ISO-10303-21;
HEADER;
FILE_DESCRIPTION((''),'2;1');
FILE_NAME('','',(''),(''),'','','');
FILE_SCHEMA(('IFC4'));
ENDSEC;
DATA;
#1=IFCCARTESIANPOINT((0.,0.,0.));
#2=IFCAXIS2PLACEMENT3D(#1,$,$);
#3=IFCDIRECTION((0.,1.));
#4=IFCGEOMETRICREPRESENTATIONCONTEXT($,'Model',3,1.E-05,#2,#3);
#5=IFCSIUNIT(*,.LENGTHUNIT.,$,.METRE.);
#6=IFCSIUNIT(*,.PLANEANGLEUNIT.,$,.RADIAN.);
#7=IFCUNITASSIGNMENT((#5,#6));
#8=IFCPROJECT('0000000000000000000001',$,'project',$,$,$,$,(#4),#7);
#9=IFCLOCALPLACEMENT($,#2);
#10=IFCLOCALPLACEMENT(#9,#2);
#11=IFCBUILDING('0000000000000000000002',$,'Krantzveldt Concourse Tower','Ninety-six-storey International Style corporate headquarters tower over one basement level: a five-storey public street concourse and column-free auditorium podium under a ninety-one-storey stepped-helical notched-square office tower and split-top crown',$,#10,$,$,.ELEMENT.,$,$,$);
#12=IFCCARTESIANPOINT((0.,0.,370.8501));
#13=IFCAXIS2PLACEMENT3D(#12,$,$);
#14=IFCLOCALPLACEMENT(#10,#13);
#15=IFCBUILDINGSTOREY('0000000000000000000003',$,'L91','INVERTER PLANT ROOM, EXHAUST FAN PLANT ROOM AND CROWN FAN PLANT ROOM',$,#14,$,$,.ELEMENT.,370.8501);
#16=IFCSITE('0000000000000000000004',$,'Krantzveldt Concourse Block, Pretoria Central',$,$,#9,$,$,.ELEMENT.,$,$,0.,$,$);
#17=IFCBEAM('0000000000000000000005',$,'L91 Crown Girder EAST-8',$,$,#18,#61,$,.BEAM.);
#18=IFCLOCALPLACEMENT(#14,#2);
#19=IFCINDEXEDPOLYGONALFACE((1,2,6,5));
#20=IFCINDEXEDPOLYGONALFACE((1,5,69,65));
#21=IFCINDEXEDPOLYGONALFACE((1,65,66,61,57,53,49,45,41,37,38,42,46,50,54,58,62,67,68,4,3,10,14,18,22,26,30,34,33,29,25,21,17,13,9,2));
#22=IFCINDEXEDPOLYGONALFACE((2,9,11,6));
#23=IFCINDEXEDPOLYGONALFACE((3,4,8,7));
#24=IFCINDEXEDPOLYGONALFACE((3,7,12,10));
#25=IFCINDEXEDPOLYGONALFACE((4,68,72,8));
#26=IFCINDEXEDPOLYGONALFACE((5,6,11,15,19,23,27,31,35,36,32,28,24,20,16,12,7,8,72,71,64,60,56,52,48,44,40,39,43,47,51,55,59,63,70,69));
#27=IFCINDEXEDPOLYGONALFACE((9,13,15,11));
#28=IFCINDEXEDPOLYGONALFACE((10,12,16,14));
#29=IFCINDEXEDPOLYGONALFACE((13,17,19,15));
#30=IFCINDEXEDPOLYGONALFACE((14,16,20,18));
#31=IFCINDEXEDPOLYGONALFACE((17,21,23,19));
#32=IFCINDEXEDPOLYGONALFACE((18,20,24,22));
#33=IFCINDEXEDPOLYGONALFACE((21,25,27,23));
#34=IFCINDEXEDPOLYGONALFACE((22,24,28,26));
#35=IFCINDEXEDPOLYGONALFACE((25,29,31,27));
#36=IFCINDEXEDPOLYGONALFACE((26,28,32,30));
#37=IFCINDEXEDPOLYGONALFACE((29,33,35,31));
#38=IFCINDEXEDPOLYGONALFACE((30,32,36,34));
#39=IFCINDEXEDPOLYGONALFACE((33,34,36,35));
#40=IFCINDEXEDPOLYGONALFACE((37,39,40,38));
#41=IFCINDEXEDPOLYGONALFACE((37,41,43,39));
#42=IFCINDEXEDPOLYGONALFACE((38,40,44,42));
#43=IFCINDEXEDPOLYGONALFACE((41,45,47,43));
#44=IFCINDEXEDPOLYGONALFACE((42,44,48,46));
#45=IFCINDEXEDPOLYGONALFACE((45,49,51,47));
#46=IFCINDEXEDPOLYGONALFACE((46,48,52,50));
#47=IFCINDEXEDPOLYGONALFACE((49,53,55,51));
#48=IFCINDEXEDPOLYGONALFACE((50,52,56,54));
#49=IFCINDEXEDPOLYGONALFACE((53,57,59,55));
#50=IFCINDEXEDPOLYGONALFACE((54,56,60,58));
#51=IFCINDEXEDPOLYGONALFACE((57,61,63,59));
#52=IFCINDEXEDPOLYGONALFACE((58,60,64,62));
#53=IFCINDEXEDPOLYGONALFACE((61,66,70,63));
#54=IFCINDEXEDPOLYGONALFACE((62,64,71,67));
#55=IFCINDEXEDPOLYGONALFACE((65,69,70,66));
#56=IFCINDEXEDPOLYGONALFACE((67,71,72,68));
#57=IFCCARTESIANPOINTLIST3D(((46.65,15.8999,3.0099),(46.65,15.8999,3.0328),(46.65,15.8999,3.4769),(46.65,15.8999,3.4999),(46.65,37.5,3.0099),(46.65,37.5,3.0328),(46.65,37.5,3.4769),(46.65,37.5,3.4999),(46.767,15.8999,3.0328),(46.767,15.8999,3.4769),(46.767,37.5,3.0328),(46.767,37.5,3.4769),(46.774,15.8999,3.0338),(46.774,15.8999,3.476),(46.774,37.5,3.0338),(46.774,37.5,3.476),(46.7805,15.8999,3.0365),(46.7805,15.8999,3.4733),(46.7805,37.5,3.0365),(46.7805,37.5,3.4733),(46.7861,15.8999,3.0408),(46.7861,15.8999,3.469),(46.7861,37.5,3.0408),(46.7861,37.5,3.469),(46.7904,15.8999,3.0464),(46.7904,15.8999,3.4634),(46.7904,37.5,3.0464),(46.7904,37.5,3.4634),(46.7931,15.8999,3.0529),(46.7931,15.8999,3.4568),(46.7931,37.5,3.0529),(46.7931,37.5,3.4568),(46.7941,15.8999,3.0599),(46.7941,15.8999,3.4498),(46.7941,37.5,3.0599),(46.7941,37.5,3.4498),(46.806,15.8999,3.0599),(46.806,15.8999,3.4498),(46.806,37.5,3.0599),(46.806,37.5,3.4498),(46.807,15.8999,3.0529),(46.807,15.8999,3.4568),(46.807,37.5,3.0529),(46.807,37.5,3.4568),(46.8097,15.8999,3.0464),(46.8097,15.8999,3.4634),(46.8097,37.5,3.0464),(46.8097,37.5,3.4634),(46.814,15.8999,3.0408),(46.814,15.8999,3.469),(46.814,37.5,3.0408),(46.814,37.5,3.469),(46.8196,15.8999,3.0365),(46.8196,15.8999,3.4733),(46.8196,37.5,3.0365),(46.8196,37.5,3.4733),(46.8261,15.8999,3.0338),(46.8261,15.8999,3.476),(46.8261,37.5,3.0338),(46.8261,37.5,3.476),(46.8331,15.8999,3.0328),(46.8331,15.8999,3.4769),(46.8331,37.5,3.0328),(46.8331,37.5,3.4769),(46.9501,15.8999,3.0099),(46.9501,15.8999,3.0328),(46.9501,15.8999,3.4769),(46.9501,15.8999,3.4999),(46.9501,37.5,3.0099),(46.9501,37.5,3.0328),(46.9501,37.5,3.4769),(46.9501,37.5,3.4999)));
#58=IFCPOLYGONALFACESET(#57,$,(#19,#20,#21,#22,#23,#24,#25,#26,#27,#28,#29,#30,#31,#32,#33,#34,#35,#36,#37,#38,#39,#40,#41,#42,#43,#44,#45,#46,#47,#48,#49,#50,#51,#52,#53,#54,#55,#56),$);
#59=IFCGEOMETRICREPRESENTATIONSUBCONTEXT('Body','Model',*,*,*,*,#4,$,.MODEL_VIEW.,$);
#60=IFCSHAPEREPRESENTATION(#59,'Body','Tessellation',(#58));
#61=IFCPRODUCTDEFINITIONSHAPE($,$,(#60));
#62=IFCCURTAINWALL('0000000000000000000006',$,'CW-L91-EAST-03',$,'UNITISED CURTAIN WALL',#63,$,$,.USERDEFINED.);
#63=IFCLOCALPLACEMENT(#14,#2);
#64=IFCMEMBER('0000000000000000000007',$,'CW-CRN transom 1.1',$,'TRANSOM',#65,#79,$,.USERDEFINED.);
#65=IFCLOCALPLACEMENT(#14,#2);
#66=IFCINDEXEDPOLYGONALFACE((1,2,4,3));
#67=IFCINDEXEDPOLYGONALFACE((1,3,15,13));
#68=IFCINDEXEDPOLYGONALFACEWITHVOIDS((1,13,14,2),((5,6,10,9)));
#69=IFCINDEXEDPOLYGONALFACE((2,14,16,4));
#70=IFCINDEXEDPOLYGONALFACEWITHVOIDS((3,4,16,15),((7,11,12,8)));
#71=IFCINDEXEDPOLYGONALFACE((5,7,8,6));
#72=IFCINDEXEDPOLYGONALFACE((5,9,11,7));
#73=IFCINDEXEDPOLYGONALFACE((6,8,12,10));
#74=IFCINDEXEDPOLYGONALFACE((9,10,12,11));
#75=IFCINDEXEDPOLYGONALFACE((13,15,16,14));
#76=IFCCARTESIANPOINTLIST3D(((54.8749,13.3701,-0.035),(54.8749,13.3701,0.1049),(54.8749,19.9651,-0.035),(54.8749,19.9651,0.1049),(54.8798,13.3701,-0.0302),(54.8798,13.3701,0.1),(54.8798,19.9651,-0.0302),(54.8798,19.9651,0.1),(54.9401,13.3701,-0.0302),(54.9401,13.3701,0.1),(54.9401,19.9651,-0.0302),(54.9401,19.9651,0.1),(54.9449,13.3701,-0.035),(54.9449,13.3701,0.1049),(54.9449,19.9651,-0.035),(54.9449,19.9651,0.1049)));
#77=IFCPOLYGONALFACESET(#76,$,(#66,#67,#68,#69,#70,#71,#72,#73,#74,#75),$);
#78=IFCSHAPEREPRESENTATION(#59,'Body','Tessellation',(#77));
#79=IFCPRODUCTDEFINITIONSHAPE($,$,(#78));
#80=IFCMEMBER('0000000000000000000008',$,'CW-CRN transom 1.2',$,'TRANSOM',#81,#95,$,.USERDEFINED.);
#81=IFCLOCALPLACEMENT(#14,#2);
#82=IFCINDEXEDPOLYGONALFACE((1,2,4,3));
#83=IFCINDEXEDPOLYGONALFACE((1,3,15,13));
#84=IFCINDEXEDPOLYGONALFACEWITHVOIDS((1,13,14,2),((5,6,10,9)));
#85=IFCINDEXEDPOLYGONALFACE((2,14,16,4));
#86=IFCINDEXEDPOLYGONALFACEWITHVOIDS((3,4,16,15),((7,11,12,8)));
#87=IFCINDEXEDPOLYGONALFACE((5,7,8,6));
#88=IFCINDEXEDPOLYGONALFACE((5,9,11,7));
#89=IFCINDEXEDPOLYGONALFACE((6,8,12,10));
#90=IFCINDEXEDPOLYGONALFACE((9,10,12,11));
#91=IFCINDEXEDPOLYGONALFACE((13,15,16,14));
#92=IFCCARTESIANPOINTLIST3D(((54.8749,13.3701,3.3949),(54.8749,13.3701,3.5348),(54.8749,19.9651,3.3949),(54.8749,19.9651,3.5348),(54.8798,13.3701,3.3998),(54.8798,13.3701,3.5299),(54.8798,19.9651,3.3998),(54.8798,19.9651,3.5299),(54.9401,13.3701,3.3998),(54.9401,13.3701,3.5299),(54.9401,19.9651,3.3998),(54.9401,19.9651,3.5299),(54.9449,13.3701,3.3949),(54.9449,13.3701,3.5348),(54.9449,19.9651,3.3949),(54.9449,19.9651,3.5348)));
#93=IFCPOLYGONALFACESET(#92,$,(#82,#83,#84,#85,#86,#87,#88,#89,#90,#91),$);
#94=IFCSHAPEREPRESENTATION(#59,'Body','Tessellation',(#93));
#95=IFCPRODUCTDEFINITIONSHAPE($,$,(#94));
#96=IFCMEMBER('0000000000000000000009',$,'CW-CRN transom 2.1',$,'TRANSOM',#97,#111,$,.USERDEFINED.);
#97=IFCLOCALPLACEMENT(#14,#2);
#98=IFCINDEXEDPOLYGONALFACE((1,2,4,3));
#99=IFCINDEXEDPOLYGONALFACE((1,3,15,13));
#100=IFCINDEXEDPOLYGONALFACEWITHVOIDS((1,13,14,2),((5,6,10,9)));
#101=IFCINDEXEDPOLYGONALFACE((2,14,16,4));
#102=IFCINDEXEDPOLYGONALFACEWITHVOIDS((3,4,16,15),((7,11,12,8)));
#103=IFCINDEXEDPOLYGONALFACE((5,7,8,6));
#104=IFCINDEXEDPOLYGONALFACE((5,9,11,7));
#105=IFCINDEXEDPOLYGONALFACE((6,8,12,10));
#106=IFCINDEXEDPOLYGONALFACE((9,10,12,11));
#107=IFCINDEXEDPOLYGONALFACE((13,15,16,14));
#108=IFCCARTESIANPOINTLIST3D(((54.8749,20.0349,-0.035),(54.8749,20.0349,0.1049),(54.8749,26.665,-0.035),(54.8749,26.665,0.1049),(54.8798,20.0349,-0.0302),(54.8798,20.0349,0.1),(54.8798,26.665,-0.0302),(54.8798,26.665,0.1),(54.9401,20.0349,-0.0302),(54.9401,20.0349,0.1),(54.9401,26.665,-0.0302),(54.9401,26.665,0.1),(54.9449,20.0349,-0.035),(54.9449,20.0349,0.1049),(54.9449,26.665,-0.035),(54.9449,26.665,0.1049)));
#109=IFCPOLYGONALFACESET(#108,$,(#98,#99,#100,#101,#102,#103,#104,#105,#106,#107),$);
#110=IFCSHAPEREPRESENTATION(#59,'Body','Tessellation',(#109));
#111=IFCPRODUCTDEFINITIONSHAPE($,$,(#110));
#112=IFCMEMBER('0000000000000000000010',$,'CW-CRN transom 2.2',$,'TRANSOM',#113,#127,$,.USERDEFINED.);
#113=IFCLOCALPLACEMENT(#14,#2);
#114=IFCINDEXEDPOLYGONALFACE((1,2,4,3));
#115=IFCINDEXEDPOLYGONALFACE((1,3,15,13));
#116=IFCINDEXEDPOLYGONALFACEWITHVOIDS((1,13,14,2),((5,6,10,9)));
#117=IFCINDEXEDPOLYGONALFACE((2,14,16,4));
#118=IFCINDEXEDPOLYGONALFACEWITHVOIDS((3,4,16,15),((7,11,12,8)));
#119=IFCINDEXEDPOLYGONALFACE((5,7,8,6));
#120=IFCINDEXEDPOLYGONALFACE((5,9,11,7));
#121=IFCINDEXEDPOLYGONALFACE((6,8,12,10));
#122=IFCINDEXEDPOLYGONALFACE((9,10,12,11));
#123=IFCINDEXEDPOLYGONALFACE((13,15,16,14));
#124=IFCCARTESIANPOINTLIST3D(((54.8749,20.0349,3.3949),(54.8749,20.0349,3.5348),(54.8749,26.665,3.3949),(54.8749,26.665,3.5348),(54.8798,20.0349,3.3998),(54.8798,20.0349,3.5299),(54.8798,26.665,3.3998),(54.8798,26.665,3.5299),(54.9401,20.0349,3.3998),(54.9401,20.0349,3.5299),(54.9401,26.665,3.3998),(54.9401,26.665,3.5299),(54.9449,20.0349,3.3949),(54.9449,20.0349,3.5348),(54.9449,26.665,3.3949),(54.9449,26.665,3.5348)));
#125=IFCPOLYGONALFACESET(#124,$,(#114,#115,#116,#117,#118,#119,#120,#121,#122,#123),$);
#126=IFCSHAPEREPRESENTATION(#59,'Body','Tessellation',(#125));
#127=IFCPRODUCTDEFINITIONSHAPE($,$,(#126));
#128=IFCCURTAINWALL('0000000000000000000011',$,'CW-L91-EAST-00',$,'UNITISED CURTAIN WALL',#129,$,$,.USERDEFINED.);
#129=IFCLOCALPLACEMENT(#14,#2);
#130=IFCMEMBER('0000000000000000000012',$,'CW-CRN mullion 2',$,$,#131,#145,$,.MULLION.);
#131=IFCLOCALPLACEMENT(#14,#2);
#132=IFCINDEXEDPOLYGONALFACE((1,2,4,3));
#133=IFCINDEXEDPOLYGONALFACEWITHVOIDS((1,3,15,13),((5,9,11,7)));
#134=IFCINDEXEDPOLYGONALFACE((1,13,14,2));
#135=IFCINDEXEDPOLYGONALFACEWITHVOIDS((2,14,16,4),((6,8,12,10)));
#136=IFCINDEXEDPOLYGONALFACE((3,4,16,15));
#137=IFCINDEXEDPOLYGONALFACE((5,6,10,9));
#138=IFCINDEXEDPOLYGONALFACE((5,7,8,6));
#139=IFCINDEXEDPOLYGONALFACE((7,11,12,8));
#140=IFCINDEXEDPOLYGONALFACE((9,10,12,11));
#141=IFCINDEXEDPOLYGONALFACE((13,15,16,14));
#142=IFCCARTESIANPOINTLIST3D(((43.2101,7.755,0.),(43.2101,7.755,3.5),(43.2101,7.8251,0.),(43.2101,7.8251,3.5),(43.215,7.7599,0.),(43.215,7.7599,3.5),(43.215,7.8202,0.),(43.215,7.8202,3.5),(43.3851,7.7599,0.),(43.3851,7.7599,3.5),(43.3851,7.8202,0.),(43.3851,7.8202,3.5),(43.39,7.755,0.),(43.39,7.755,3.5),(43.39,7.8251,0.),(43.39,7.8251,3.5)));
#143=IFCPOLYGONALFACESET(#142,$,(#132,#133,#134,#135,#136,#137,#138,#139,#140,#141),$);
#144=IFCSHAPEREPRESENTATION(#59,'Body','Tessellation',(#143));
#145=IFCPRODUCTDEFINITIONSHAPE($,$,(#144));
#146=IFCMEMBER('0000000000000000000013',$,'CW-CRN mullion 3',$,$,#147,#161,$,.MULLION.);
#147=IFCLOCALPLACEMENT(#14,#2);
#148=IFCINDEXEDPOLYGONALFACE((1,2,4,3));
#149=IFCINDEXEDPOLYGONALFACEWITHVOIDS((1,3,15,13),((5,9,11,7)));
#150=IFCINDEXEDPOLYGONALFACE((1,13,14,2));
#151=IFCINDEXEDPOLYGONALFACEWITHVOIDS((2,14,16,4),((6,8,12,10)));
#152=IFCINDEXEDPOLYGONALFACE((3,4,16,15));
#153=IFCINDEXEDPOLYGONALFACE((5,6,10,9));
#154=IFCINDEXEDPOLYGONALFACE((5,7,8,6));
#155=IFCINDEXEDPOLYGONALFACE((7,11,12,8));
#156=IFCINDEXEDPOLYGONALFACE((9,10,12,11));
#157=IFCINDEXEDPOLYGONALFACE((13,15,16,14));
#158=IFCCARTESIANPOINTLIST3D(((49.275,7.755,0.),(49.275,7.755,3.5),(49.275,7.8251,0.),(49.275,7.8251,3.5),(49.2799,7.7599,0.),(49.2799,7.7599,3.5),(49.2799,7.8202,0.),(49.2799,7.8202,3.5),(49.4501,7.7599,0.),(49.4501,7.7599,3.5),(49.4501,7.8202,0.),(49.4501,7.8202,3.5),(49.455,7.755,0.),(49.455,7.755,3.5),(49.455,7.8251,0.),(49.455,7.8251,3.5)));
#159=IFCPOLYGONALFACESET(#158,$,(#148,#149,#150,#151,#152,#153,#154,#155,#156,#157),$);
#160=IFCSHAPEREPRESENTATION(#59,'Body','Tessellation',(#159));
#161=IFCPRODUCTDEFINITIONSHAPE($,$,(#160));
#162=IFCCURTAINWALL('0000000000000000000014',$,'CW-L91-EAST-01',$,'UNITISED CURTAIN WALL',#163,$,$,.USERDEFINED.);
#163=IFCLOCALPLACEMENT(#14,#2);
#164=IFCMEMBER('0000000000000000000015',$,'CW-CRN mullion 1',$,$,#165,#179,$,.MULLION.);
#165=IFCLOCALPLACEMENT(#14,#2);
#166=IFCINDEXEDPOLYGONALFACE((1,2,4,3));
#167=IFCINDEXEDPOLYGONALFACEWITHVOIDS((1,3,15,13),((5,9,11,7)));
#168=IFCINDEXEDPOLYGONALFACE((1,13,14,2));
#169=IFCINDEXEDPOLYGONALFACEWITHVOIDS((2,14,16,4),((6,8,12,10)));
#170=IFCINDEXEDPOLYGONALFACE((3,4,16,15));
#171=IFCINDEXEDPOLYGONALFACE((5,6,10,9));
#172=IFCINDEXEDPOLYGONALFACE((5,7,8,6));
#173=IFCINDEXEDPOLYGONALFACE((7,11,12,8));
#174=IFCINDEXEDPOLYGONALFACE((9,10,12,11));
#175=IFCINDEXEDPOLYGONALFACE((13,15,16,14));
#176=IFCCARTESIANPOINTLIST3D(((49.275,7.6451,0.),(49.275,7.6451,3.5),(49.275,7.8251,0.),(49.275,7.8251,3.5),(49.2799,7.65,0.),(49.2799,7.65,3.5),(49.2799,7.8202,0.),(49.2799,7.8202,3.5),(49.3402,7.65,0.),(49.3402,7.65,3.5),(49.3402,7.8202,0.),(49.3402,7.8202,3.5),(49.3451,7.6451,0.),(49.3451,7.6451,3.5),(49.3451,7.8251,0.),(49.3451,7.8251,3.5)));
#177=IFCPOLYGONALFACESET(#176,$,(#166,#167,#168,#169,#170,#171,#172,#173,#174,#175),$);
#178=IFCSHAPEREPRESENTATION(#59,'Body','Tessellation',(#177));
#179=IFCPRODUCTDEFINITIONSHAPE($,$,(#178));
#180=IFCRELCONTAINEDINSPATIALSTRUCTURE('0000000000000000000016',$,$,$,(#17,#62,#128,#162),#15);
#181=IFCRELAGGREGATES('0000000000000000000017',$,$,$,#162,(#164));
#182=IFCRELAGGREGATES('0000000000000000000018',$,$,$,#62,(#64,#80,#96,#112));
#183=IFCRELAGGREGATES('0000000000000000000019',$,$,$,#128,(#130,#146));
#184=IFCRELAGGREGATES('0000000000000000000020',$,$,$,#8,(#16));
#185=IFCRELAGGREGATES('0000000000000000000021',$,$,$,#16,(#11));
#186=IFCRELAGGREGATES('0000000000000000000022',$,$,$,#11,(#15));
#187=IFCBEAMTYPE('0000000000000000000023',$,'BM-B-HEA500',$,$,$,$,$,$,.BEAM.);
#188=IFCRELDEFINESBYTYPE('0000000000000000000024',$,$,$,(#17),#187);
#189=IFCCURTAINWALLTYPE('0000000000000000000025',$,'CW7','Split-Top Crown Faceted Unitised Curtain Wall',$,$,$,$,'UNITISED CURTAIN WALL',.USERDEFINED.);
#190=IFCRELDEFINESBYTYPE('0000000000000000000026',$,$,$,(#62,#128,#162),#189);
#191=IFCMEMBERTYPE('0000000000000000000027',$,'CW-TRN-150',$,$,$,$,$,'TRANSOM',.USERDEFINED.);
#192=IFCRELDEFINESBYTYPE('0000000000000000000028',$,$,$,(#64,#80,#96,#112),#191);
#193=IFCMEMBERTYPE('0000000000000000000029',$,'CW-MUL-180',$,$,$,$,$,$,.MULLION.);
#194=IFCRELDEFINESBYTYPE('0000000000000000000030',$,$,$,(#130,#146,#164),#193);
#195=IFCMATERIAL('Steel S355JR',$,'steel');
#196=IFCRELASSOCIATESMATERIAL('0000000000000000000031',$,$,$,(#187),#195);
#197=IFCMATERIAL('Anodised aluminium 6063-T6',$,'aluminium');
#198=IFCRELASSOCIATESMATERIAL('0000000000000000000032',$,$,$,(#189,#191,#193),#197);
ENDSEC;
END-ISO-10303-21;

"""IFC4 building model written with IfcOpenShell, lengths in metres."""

from ifc_helpers import new_model, si_unit, direction, frame, origin, origin_2d, place, context, subcontext, project, spatial, hollow_rectangle, i_section, extrude, source, transform, mapped, material, material_profile, profile_set, type_object, type_shapes, element, aggregate, save


model = new_model("IFC4")

# Units and contexts
model_context = context("Model", 3, precision=1e-05, world=origin(), true_north=direction((0.0, 1.0)))
body_context = subcontext(model_context, "Body", "Model", "MODEL_VIEW")
ifc_project = project(units=[si_unit("LENGTHUNIT", "METRE"), si_unit("PLANEANGLEUNIT", "RADIAN")], contexts=[model_context])

# Site, building, storey
site_placement = place(None, origin())
site = spatial("IfcSite", under=ifc_project, at=site_placement, Name="Krantzveldt Concourse Block, Pretoria Central", CompositionType="ELEMENT", RefElevation=0.0)
building_placement = place(site_placement, origin())
building = spatial("IfcBuilding", under=site, at=building_placement, Name="Krantzveldt Concourse Tower", Description="Ninety-six-storey International Style corporate headquarters tower over one basement level: a five-storey public street concourse and column-free auditorium podium under a ninety-one-storey stepped-helical notched-square office tower and split-top crown", CompositionType="ELEMENT")
storey_placement = place(building_placement, frame((0.0, 0.0, 370.8501)))
storey = spatial("IfcBuildingStorey", under=building, at=storey_placement, Name="L91", Description="INVERTER PLANT ROOM, EXHAUST FAN PLANT ROOM AND CROWN FAN PLANT ROOM", CompositionType="ELEMENT", Elevation=370.8501)

# Beam
ifc_material_1 = material(Name="Steel S355JR", Category="steel")
ifc_material_profile_1 = material_profile(ifc_material_1, i_section(OverallWidth=0.3, OverallDepth=0.49, WebThickness=0.012, FlangeThickness=0.0229, FilletRadius=0.0271, at=origin_2d()), Name="Steel S355JR", Category="steel")
ifc_profile_set_1 = profile_set([ifc_material_profile_1], Name="Steel S355JR - HEA 500")
beam_type = type_object("IfcBeamType", Name="BM-B-HEA500", PredefinedType="BEAM", material=ifc_profile_set_1)
shared_shape_1 = source(origin(), body_context, "Body", "SweptSolid", [
    extrude(i_section(OverallWidth=0.3, OverallDepth=0.49, WebThickness=0.012, FlangeThickness=0.0229, FilletRadius=0.0271, at=origin_2d()), origin(), (0.0, 0.0, 1.0), 21.6001),
])
beam_1_placement = place(storey_placement, frame((46.8, 15.8999, 3.2549), z_axis=(0.0, 1.0, 0.0), x_axis=(-1.0, 0.0, 0.0)))
element("IfcBeam", 1, at=beam_1_placement, inside=storey, type_object=beam_type, Name="L91 Crown Girder EAST-8", PredefinedType="BEAM", context=body_context, shape_type="MappedRepresentation", body=[
    mapped(shared_shape_1, transform((0.0, 0.0, 0.0), x_axis=(1.0, 0.0, 0.0), y_axis=(0.0, 1.0, 0.0), z_axis=(0.0, 0.0, 1.0), scale=1.0)),
])

# Curtain walls, members
ifc_material_2 = material(Name="Anodised aluminium 6063-T6", Category="aluminium")
curtain_wall_type = type_object("IfcCurtainWallType", Name="CW7", Description="Split-Top Crown Faceted Unitised Curtain Wall", ElementType="UNITISED CURTAIN WALL", PredefinedType="USERDEFINED", material=ifc_material_2)
curtain_wall_1_placement = place(storey_placement, origin())
curtain_wall_1 = element("IfcCurtainWall", 2, at=curtain_wall_1_placement, inside=storey, type_object=curtain_wall_type, Name="CW-L91-EAST-03", ObjectType="UNITISED CURTAIN WALL", PredefinedType="USERDEFINED")
ifc_material_profile_2 = material_profile(ifc_material_2, hollow_rectangle(XDim=0.0701, YDim=0.1399, WallThickness=0.0049, at=origin_2d()), Name="Anodised aluminium 6063-T6", Category="aluminium")
ifc_profile_set_2 = profile_set([ifc_material_profile_2], Name="Anodised aluminium 6063-T6 - ALU-TRAN 140x70x5")
member_type_1 = type_object("IfcMemberType", Name="CW-TRN-150", ElementType="TRANSOM", PredefinedType="USERDEFINED", material=ifc_profile_set_2)
shared_shape_2 = source(origin(), body_context, "Body", "SweptSolid", [
    extrude(hollow_rectangle(XDim=0.0701, YDim=0.1399, WallThickness=0.0049, at=origin_2d()), origin(), (0.0, 0.0, 1.0), 6.595),
])
member_1_placement = place(storey_placement, frame((54.9099, 13.3701, 0.0349), z_axis=(0.0, 1.0, 0.0), x_axis=(-1.0, 0.0, 0.0)))
member_1 = element("IfcMember", 3, at=member_1_placement, type_object=member_type_1, Name="CW-CRN transom 1.1", ObjectType="TRANSOM", PredefinedType="USERDEFINED", context=body_context, shape_type="MappedRepresentation", body=[
    mapped(shared_shape_2, transform((0.0, 0.0, 0.0), x_axis=(1.0, 0.0, 0.0), y_axis=(0.0, 1.0, 0.0), z_axis=(0.0, 0.0, 1.0), scale=1.0)),
])
member_2_placement = place(storey_placement, frame((54.9099, 13.3701, 3.4648), z_axis=(0.0, 1.0, 0.0), x_axis=(-1.0, 0.0, 0.0)))
member_2 = element("IfcMember", 4, at=member_2_placement, type_object=member_type_1, Name="CW-CRN transom 1.2", ObjectType="TRANSOM", PredefinedType="USERDEFINED", context=body_context, shape_type="MappedRepresentation", body=[
    mapped(shared_shape_2, transform((0.0, 0.0, 0.0), x_axis=(1.0, 0.0, 0.0), y_axis=(0.0, 1.0, 0.0), z_axis=(0.0, 0.0, 1.0), scale=1.0)),
])
shared_shape_3 = source(origin(), body_context, "Body", "SweptSolid", [
    extrude(hollow_rectangle(XDim=0.0701, YDim=0.1399, WallThickness=0.0049, at=origin_2d()), origin(), (0.0, 0.0, 1.0), 6.6301),
])
member_3_placement = place(storey_placement, frame((54.9099, 20.0349, 0.0349), z_axis=(0.0, 1.0, 0.0), x_axis=(-1.0, 0.0, 0.0)))
member_3 = element("IfcMember", 5, at=member_3_placement, type_object=member_type_1, Name="CW-CRN transom 2.1", ObjectType="TRANSOM", PredefinedType="USERDEFINED", context=body_context, shape_type="MappedRepresentation", body=[
    mapped(shared_shape_3, transform((0.0, 0.0, 0.0), x_axis=(1.0, 0.0, 0.0), y_axis=(0.0, 1.0, 0.0), z_axis=(0.0, 0.0, 1.0), scale=1.0)),
])
member_4_placement = place(storey_placement, frame((54.9099, 20.0349, 3.4648), z_axis=(0.0, 1.0, 0.0), x_axis=(-1.0, 0.0, 0.0)))
member_4 = element("IfcMember", 6, at=member_4_placement, type_object=member_type_1, Name="CW-CRN transom 2.2", ObjectType="TRANSOM", PredefinedType="USERDEFINED", context=body_context, shape_type="MappedRepresentation", body=[
    mapped(shared_shape_3, transform((0.0, 0.0, 0.0), x_axis=(1.0, 0.0, 0.0), y_axis=(0.0, 1.0, 0.0), z_axis=(0.0, 0.0, 1.0), scale=1.0)),
])
curtain_wall_2_placement = place(storey_placement, origin())
curtain_wall_2 = element("IfcCurtainWall", 7, at=curtain_wall_2_placement, inside=storey, type_object=curtain_wall_type, Name="CW-L91-EAST-00", ObjectType="UNITISED CURTAIN WALL", PredefinedType="USERDEFINED")
ifc_material_profile_3 = material_profile(ifc_material_2, hollow_rectangle(XDim=0.0701, YDim=0.1799, WallThickness=0.0049, at=origin_2d()), Name="Anodised aluminium 6063-T6", Category="aluminium")
ifc_profile_set_3 = profile_set([ifc_material_profile_3], Name="Anodised aluminium 6063-T6 - ALU-MULL 180x70x5")
member_type_2 = type_object("IfcMemberType", Name="CW-MUL-180", PredefinedType="MULLION", material=ifc_profile_set_3)
shared_shape_4 = source(origin(), body_context, "Body", "SweptSolid", [
    extrude(hollow_rectangle(XDim=0.0701, YDim=0.1799, WallThickness=0.0049, at=origin_2d()), origin(), (0.0, 0.0, 1.0), 3.5),
])
type_shapes(member_type_2, [shared_shape_4])
member_5_placement = place(storey_placement, frame((43.3, 7.79, 0.0), z_axis=(0.0, 0.0, 1.0), x_axis=(0.0, 1.0, 0.0)))
member_5 = element("IfcMember", 8, at=member_5_placement, type_object=member_type_2, Name="CW-CRN mullion 2", PredefinedType="MULLION", context=body_context, shape_type="MappedRepresentation", body=[
    mapped(shared_shape_4, transform((0.0, 0.0, 0.0), x_axis=(1.0, 0.0, 0.0), y_axis=(0.0, 1.0, 0.0), z_axis=(0.0, 0.0, 1.0), scale=1.0)),
])
member_6_placement = place(storey_placement, frame((49.365, 7.79, 0.0), z_axis=(0.0, 0.0, 1.0), x_axis=(0.0, 1.0, 0.0)))
member_6 = element("IfcMember", 9, at=member_6_placement, type_object=member_type_2, Name="CW-CRN mullion 3", PredefinedType="MULLION", context=body_context, shape_type="MappedRepresentation", body=[
    mapped(shared_shape_4, transform((0.0, 0.0, 0.0), x_axis=(1.0, 0.0, 0.0), y_axis=(0.0, 1.0, 0.0), z_axis=(0.0, 0.0, 1.0), scale=1.0)),
])
curtain_wall_3_placement = place(storey_placement, origin())
curtain_wall_3 = element("IfcCurtainWall", 10, at=curtain_wall_3_placement, inside=storey, type_object=curtain_wall_type, Name="CW-L91-EAST-01", ObjectType="UNITISED CURTAIN WALL", PredefinedType="USERDEFINED")
member_7_placement = place(storey_placement, frame((49.3101, 7.7351, 0.0), z_axis=(0.0, 0.0, 1.0), x_axis=(-1.0, 0.0, 0.0)))
member_7 = element("IfcMember", 11, at=member_7_placement, type_object=member_type_2, Name="CW-CRN mullion 1", PredefinedType="MULLION", context=body_context, shape_type="MappedRepresentation", body=[
    mapped(shared_shape_4, transform((0.0, 0.0, 0.0), x_axis=(1.0, 0.0, 0.0), y_axis=(0.0, 1.0, 0.0), z_axis=(0.0, 0.0, 1.0), scale=1.0)),
])

aggregate(curtain_wall_3, [member_7])
aggregate(curtain_wall_1, [member_1, member_2, member_3, member_4])
aggregate(curtain_wall_2, [member_5, member_6])

save(model, "model.ifc")
